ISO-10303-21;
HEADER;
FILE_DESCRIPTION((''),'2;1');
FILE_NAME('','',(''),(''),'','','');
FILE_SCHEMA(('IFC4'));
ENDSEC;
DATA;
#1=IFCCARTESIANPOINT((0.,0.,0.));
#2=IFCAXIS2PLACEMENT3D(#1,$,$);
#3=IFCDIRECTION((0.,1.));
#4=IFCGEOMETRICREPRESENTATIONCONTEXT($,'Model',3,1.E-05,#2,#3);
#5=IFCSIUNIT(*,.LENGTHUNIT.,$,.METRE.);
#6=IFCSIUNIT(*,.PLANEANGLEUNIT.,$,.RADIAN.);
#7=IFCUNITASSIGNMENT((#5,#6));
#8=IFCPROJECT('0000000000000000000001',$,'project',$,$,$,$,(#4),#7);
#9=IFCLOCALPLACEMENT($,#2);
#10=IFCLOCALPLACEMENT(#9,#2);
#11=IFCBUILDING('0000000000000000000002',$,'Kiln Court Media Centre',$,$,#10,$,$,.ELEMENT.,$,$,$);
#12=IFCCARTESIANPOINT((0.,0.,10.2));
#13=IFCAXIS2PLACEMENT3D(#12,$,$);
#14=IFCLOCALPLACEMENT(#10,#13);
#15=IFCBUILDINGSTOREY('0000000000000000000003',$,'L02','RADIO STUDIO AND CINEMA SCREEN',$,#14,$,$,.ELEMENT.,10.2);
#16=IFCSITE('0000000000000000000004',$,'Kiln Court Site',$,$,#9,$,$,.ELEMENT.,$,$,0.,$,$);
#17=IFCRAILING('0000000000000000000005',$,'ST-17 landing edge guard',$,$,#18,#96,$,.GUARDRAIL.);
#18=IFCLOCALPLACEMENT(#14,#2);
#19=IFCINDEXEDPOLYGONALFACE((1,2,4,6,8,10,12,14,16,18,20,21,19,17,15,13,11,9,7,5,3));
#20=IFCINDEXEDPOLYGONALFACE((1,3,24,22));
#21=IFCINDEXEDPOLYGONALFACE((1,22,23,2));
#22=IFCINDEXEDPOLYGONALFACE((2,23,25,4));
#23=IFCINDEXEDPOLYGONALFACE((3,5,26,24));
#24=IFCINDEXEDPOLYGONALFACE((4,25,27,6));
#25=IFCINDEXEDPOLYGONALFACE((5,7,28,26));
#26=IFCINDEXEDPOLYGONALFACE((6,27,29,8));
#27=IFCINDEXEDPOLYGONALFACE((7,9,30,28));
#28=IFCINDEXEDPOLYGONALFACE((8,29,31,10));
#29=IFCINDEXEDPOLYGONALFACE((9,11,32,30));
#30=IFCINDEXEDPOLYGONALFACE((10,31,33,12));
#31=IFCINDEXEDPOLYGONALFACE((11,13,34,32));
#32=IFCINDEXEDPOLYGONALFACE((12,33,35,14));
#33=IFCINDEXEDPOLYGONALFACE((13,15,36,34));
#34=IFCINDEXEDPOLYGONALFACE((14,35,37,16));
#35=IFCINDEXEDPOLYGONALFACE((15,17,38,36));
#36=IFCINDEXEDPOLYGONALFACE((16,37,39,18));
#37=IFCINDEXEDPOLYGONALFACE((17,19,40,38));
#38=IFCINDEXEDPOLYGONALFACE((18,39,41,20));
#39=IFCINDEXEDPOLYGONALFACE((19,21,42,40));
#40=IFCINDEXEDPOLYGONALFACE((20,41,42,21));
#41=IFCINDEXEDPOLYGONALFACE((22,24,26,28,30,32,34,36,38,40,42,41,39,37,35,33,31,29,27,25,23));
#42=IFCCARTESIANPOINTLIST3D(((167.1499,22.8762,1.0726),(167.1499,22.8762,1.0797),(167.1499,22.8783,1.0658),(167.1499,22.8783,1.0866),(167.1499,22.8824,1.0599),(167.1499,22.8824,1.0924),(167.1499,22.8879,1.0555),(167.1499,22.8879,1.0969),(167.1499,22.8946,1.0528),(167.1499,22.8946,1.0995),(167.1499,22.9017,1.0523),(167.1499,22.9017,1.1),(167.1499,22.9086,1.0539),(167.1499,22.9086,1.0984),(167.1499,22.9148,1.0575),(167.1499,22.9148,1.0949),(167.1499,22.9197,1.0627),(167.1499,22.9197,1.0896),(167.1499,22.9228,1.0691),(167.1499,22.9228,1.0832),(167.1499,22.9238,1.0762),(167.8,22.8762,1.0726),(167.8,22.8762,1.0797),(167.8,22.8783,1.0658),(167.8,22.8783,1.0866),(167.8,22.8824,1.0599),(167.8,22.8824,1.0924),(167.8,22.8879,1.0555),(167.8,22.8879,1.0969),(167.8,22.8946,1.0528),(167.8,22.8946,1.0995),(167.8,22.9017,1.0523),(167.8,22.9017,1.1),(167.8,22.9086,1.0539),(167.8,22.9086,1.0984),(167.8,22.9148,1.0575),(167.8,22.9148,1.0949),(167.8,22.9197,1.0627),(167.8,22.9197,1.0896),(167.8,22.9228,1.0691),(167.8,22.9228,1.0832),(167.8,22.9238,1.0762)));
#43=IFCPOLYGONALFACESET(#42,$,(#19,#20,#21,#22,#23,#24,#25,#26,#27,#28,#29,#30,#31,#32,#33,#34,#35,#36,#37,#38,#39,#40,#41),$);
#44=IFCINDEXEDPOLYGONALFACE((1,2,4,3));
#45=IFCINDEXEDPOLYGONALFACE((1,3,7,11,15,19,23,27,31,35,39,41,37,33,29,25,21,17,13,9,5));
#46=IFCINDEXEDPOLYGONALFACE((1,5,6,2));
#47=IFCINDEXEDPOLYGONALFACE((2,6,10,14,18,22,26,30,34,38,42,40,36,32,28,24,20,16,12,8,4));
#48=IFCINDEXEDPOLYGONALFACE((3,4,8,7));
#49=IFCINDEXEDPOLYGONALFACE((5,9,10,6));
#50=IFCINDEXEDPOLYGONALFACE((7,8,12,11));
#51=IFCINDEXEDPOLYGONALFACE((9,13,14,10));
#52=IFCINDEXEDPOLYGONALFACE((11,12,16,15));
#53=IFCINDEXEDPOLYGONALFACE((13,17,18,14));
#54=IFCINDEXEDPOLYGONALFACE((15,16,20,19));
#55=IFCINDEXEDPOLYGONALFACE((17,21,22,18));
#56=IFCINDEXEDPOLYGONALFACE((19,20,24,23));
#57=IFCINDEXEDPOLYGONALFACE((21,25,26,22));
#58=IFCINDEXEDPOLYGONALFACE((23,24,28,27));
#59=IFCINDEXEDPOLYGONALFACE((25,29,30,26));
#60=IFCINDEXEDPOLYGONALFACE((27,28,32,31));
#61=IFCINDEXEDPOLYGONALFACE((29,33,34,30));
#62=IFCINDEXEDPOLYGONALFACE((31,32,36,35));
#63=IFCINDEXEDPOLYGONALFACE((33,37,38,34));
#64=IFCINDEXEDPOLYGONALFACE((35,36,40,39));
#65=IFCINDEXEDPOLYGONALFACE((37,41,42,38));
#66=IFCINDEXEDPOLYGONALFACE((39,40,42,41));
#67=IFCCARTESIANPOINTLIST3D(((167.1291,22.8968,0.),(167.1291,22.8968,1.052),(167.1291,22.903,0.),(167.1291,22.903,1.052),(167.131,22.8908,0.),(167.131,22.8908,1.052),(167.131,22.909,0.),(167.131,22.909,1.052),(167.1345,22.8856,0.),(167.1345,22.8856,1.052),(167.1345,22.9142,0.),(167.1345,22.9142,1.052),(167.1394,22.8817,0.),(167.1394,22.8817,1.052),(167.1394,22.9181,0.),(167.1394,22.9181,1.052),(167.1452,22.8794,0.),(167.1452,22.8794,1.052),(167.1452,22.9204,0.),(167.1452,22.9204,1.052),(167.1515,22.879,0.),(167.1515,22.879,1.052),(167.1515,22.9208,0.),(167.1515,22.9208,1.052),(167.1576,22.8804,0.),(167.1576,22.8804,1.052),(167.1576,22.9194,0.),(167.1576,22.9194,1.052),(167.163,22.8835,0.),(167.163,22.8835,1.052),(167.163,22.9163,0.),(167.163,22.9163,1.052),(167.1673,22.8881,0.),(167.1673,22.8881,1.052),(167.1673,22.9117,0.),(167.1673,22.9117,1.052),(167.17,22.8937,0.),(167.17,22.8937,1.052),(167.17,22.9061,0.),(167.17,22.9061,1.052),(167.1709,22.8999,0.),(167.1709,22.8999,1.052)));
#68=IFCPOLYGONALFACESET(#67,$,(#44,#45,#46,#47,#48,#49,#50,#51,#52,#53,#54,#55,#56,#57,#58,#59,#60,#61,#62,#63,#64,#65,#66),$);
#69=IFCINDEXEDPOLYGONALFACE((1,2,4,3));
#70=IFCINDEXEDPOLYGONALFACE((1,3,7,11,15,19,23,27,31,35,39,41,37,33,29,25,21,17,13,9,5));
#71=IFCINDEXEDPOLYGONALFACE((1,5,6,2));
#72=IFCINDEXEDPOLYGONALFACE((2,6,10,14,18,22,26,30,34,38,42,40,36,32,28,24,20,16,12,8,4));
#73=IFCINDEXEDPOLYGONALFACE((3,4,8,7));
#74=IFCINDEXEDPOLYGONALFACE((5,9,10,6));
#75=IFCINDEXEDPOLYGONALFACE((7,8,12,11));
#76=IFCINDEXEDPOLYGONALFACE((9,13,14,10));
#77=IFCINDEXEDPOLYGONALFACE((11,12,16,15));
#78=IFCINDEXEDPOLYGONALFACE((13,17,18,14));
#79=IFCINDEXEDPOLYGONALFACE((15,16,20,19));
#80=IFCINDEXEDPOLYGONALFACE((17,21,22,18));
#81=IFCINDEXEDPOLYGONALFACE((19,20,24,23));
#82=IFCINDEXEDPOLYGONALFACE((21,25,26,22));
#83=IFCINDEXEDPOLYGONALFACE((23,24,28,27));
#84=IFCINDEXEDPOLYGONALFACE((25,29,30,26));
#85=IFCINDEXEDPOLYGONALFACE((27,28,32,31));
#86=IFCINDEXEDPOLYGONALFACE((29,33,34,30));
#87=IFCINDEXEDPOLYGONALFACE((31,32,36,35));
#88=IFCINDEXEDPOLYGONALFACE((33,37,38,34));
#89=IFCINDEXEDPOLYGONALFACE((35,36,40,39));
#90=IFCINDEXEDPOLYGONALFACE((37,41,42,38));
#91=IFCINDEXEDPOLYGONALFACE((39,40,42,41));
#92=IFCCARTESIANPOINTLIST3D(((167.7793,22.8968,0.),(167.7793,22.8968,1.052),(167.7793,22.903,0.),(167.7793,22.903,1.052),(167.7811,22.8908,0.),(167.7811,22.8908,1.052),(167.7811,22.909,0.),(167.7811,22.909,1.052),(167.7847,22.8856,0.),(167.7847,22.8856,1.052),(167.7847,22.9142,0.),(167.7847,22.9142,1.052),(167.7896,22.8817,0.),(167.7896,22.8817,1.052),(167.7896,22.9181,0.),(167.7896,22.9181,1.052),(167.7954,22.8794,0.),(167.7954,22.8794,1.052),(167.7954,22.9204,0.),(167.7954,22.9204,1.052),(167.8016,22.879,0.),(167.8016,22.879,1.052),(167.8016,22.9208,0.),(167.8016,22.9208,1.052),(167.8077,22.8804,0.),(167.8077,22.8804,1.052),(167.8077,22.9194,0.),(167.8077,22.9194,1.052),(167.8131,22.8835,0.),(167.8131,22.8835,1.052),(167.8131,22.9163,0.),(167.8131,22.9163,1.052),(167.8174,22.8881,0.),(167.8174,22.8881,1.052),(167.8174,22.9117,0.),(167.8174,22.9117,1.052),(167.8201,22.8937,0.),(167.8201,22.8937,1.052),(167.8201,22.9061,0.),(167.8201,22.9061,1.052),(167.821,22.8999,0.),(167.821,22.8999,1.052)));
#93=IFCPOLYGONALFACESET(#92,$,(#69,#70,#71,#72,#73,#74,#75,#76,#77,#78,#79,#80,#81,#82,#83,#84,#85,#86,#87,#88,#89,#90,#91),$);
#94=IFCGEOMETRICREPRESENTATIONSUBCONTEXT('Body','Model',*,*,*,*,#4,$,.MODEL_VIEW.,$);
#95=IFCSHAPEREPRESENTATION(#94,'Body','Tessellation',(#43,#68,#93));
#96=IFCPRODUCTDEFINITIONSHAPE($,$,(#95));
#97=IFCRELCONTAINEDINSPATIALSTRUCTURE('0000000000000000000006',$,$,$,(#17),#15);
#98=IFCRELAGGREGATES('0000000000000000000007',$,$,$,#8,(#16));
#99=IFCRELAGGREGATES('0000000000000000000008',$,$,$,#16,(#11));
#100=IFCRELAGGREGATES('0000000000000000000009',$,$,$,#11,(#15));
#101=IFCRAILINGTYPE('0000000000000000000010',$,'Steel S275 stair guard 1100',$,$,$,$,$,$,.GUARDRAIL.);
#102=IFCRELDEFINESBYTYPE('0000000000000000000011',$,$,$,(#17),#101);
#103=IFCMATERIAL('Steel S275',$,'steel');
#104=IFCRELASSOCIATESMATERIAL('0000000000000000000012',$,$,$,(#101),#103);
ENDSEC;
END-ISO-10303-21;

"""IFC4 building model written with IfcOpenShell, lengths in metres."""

from ifc_helpers import new_model, si_unit, direction, frame, origin, origin_2d, place, context, subcontext, project, spatial, circle, extrude, material, type_object, element, save


model = new_model("IFC4")

# Units and contexts
model_context = context("Model", 3, precision=1e-05, world=origin(), true_north=direction((0.0, 1.0)))
body_context = subcontext(model_context, "Body", "Model", "MODEL_VIEW")
ifc_project = project(units=[si_unit("LENGTHUNIT", "METRE"), si_unit("PLANEANGLEUNIT", "RADIAN")], contexts=[model_context])

# Site, building, storey
site_placement = place(None, origin())
site = spatial("IfcSite", under=ifc_project, at=site_placement, Name="Kiln Court Site", CompositionType="ELEMENT", RefElevation=0.0)
building_placement = place(site_placement, origin())
building = spatial("IfcBuilding", under=site, at=building_placement, Name="Kiln Court Media Centre", CompositionType="ELEMENT")
storey_placement = place(building_placement, frame((0.0, 0.0, 10.2)))
storey = spatial("IfcBuildingStorey", under=building, at=storey_placement, Name="L02", Description="RADIO STUDIO AND CINEMA SCREEN", CompositionType="ELEMENT", Elevation=10.2)

# Railing
ifc_material_1 = material(Name="Steel S275", Category="steel")
railing_type_1 = type_object("IfcRailingType", Name="Steel S275 stair guard 1100", PredefinedType="GUARDRAIL", material=ifc_material_1)
for number, where, name in (
    (1, (167.1499, 22.8999, 0.0), "ST-17 landing edge guard"),
):
    element("IfcRailing", number, at=place(storey_placement, frame(where)), inside=storey, type_object=railing_type_1, Name=name, PredefinedType="GUARDRAIL", context=body_context, shape_type="SweptSolid", body=[
        extrude(circle(Radius=0.0239, at=origin_2d()), frame((0.0, 0.0, 1.0762), z_axis=(1.0, 0.0, 0.0), x_axis=(0.0, 1.0, 0.0)), (0.0, 0.0, 1.0), 0.6501),
        extrude(circle(Radius=0.021, at=origin_2d()), origin(), (0.0, 0.0, 1.0), 1.052),
        extrude(circle(Radius=0.021, at=origin_2d()), frame((0.6501, 0.0, 0.0)), (0.0, 0.0, 1.0), 1.052),
    ])

save(model, "model.ifc")
